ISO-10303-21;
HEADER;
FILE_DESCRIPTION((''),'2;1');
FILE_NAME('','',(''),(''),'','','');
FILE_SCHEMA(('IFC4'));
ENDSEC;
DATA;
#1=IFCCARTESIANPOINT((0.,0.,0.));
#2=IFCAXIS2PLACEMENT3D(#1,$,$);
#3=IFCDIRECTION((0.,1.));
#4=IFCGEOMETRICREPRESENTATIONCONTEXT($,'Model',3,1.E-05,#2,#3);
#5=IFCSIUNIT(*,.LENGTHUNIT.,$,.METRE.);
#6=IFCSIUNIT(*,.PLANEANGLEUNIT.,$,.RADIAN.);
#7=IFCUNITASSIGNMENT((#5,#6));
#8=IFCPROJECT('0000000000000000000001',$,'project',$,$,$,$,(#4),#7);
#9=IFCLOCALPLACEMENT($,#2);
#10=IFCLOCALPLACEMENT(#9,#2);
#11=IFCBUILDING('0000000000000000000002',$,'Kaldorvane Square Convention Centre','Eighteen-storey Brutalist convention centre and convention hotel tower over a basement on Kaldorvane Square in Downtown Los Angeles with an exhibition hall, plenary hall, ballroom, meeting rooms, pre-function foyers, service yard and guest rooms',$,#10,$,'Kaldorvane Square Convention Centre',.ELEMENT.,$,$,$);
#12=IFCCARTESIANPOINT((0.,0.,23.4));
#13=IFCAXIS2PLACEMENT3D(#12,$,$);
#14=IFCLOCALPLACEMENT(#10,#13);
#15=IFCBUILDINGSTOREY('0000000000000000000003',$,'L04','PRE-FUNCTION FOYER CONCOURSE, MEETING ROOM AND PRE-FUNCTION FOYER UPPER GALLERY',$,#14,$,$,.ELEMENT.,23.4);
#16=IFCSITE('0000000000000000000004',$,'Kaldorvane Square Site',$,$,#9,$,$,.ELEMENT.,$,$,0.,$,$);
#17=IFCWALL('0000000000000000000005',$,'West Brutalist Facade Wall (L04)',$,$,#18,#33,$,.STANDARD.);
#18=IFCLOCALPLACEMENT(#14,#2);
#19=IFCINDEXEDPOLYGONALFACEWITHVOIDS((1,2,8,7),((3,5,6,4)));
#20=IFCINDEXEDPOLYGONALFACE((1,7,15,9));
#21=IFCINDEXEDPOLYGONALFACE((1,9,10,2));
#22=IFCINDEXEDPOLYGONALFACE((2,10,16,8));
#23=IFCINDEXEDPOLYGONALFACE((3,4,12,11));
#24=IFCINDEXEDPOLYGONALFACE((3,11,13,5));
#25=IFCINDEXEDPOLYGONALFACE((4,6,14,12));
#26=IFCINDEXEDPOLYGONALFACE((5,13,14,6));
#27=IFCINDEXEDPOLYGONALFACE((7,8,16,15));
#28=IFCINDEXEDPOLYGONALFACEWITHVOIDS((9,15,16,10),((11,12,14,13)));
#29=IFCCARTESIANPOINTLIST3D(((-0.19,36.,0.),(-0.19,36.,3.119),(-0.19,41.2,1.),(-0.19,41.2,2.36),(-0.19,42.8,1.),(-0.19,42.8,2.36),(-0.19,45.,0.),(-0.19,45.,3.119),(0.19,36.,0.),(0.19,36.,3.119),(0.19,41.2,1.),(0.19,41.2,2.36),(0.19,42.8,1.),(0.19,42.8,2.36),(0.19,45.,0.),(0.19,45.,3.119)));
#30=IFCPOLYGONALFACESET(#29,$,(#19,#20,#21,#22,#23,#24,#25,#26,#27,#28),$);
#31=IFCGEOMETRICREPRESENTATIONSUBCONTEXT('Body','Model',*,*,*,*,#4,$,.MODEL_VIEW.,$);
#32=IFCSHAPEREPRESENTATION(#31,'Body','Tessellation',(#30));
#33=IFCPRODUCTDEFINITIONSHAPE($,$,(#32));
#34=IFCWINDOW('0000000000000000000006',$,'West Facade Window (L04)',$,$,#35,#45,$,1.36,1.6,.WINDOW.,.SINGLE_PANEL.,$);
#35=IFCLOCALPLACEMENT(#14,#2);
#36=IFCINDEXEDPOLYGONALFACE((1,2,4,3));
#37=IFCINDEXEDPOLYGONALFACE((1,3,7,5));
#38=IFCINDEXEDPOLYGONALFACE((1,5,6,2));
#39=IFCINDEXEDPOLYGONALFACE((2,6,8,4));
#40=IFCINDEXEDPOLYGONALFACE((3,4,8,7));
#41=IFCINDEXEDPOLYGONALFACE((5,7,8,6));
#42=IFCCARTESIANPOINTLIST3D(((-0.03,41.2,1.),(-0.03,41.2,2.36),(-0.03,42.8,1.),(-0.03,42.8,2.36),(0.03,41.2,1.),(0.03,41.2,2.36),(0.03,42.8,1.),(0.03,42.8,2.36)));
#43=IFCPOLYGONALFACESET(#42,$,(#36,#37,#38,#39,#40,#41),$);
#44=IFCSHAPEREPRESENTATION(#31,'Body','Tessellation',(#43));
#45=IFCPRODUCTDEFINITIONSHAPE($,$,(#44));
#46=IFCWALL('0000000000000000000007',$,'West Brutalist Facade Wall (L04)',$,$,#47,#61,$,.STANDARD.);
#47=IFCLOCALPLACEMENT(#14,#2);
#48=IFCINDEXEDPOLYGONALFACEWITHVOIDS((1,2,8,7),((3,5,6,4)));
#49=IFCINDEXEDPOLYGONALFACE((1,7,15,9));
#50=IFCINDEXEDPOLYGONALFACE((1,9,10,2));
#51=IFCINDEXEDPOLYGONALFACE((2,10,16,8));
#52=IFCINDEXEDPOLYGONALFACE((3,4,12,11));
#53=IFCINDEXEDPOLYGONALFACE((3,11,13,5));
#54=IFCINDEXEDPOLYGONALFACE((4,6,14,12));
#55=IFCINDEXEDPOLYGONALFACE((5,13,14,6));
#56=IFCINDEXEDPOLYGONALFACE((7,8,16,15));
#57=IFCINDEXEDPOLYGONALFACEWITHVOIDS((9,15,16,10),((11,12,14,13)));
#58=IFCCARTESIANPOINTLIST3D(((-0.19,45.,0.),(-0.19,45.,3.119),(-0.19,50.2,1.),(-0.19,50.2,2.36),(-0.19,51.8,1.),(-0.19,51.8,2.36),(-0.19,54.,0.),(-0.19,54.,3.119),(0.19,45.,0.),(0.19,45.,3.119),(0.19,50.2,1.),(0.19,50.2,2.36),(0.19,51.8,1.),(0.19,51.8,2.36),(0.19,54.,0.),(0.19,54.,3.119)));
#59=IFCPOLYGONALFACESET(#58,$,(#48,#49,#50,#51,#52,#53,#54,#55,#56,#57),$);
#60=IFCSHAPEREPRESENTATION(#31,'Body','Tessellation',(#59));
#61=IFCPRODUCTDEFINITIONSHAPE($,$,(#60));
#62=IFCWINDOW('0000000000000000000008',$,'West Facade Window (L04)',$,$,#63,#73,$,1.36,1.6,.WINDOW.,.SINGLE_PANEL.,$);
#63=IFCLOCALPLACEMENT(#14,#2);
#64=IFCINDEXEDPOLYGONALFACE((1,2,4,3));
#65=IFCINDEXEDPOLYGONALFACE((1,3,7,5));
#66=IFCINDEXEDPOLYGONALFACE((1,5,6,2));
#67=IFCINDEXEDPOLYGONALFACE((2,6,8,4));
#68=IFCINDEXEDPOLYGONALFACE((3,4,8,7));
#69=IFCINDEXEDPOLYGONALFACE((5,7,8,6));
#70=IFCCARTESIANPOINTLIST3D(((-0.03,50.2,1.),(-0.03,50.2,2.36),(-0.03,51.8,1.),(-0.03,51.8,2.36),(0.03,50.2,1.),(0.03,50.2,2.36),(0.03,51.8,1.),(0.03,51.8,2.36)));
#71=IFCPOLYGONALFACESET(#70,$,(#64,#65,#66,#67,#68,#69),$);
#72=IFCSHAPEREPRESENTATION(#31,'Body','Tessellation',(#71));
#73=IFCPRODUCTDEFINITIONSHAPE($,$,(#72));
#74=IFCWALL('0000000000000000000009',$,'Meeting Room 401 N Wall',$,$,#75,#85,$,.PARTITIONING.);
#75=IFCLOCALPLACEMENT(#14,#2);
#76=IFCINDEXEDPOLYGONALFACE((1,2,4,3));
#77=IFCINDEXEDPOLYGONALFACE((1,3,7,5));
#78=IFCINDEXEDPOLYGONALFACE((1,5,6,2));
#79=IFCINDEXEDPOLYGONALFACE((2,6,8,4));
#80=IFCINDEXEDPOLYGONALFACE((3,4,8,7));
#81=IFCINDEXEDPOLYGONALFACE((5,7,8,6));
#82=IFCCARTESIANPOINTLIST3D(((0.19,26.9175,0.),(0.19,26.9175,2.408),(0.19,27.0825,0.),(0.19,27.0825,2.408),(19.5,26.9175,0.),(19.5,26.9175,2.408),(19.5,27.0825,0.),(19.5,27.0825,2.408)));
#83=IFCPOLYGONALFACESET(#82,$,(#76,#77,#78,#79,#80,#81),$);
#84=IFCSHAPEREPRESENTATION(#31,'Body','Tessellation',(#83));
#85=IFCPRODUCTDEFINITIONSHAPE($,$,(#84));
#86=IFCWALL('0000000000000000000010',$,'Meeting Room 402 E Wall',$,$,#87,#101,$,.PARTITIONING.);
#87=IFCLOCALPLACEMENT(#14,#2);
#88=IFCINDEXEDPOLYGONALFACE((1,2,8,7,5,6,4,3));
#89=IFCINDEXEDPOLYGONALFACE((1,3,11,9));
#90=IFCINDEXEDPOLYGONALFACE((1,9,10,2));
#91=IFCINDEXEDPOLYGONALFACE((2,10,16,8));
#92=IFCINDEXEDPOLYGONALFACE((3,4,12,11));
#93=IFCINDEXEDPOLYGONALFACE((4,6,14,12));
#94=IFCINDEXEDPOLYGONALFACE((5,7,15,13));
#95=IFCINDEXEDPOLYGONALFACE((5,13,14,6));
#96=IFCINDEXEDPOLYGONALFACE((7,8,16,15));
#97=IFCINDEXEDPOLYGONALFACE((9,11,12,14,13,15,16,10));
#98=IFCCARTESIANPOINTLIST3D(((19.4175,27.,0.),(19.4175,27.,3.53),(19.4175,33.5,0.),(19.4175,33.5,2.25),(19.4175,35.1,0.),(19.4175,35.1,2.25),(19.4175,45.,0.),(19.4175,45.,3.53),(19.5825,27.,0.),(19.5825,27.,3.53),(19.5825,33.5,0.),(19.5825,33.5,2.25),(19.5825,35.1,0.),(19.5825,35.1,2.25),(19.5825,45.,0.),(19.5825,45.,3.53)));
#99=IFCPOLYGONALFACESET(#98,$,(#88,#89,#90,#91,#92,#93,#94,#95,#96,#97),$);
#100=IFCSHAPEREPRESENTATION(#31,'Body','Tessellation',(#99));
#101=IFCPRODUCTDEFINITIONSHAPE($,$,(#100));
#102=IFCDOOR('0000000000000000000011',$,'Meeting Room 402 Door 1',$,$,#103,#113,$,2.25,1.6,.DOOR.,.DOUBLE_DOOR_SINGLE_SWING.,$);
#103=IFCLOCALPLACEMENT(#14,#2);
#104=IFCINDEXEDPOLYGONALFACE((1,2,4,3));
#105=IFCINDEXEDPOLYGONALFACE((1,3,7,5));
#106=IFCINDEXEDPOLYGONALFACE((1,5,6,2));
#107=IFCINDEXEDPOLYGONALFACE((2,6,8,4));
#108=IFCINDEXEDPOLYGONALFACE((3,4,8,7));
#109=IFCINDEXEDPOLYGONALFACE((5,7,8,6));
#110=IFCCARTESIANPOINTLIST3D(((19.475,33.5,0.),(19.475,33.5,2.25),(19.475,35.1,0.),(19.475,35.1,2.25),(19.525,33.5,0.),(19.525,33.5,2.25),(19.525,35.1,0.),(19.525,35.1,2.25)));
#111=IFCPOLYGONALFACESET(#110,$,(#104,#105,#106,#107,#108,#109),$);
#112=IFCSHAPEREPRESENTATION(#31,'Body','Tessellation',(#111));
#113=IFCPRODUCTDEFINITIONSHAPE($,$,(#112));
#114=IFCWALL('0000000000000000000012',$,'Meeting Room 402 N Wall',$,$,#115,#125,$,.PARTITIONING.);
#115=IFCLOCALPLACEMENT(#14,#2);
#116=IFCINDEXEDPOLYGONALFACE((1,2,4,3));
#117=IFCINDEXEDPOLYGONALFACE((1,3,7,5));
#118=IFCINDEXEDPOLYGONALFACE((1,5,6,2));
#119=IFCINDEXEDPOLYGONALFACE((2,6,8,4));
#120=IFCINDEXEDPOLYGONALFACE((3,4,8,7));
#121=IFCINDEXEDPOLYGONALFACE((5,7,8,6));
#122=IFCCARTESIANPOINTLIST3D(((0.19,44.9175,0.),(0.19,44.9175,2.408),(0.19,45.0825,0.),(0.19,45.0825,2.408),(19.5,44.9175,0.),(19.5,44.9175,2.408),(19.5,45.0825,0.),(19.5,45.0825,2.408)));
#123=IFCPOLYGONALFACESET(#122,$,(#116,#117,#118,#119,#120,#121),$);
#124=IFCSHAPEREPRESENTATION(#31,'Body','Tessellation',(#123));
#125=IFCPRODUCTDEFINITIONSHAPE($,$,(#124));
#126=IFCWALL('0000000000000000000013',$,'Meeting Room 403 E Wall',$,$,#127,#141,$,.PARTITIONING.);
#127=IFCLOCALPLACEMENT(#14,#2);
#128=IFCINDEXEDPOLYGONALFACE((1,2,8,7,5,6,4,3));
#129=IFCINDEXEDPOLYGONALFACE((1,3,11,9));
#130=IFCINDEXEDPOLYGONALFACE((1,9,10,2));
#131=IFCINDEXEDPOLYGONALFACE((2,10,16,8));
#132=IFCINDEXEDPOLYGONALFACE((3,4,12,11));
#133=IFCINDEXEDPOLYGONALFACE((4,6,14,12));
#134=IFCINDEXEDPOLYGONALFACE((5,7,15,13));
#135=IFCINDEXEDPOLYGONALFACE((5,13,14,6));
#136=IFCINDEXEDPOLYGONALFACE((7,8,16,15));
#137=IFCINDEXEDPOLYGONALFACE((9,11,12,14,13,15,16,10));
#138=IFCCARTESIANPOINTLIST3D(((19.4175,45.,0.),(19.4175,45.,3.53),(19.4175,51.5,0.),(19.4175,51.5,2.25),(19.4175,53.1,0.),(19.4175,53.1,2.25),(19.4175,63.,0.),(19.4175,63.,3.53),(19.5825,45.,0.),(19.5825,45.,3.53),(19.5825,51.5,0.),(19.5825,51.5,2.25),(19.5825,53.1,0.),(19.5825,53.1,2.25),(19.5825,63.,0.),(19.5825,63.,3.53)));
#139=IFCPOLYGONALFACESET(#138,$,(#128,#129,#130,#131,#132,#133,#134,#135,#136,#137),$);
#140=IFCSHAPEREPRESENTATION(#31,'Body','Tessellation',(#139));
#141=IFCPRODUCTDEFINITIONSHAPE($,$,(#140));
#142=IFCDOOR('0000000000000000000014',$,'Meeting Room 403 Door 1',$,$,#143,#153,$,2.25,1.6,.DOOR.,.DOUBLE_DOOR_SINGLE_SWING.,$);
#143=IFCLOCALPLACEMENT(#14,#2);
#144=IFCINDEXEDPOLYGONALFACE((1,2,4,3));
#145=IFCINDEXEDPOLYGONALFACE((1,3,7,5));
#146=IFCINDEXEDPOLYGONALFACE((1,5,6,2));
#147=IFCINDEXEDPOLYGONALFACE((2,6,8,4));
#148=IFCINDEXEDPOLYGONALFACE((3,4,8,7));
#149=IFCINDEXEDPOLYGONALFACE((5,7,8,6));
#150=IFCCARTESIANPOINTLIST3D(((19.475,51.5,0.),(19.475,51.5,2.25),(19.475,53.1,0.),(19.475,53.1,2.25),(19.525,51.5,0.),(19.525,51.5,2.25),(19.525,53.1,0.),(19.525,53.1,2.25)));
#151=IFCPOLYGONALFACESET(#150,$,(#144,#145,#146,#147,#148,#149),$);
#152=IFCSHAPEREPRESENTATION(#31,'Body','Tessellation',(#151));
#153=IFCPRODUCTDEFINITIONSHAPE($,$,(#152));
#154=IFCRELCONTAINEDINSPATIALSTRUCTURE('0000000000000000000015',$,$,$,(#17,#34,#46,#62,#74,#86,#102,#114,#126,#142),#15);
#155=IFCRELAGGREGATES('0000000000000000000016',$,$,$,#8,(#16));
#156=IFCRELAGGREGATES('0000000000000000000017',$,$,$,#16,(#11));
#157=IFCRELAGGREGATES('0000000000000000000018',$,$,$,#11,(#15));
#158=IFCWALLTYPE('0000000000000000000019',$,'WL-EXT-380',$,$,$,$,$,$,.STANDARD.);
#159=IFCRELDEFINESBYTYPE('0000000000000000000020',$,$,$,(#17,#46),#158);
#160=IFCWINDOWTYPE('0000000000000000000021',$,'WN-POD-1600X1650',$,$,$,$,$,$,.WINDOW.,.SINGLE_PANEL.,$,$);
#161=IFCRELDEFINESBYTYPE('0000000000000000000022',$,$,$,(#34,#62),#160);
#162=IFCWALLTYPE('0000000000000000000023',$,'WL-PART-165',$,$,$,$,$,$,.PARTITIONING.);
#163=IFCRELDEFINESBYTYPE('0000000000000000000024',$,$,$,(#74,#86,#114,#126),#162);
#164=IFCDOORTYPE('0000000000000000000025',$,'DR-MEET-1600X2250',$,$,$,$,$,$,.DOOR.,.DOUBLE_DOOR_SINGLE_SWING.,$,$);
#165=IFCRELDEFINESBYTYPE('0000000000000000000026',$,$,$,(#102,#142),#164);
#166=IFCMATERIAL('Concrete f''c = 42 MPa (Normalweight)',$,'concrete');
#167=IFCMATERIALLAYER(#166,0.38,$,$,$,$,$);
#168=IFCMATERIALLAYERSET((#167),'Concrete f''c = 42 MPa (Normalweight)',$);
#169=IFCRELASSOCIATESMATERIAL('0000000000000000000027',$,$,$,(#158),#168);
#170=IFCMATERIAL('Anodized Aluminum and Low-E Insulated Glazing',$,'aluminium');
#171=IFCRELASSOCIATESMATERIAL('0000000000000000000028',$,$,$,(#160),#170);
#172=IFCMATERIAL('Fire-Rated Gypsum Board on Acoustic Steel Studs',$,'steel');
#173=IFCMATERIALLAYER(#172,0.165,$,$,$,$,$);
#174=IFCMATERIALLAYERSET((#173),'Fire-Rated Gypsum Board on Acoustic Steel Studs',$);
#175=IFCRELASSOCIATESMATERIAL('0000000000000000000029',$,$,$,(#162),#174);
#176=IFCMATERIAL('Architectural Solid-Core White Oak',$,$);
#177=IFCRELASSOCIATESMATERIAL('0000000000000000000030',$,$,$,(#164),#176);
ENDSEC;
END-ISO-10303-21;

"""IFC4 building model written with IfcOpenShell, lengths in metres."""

from ifc_helpers import new_model, si_unit, direction, frame, frame_2d, origin, place, context, subcontext, project, spatial, rectangle, extrude, material, layer, layer_set, type_object, element, fill, save


model = new_model("IFC4")

# Units and contexts
model_context = context("Model", 3, precision=1e-05, world=origin(), true_north=direction((0.0, 1.0)))
body_context = subcontext(model_context, "Body", "Model", "MODEL_VIEW")
ifc_project = project(units=[si_unit("LENGTHUNIT", "METRE"), si_unit("PLANEANGLEUNIT", "RADIAN")], contexts=[model_context])

# Site, building, storey
site_placement = place(None, origin())
site = spatial("IfcSite", under=ifc_project, at=site_placement, Name="Kaldorvane Square Site", CompositionType="ELEMENT", RefElevation=0.0)
building_placement = place(site_placement, origin())
building = spatial("IfcBuilding", under=site, at=building_placement, Name="Kaldorvane Square Convention Centre", Description="Eighteen-storey Brutalist convention centre and convention hotel tower over a basement on Kaldorvane Square in Downtown Los Angeles with an exhibition hall, plenary hall, ballroom, meeting rooms, pre-function foyers, service yard and guest rooms", LongName="Kaldorvane Square Convention Centre", CompositionType="ELEMENT")
storey_placement = place(building_placement, frame((0.0, 0.0, 23.4)))
storey = spatial("IfcBuildingStorey", under=building, at=storey_placement, Name="L04", Description="PRE-FUNCTION FOYER CONCOURSE, MEETING ROOM AND PRE-FUNCTION FOYER UPPER GALLERY", CompositionType="ELEMENT", Elevation=23.4)

# Walls, openings, windows
ifc_material_1 = material(Name="Concrete f'c = 42 MPa (Normalweight)", Category="concrete")
ifc_layer_1 = layer(ifc_material_1, 0.38)
ifc_layer_set_1 = layer_set([ifc_layer_1], Name="Concrete f'c = 42 MPa (Normalweight)")
wall_type_1 = type_object("IfcWallType", Name="WL-EXT-380", PredefinedType="STANDARD", material=ifc_layer_set_1)
ifc_material_2 = material(Name="Anodized Aluminum and Low-E Insulated Glazing", Category="aluminium")
window_type = type_object("IfcWindowType", Name="WN-POD-1600X1650", PartitioningType="SINGLE_PANEL", PredefinedType="WINDOW", material=ifc_material_2)
wall_1_placement = place(storey_placement, frame((0.0, 45.0, 0.0), z_axis=(0.0, 0.0, 1.0), x_axis=(0.0, -1.0, 0.0)))
wall_1 = element("IfcWall", 1, at=wall_1_placement, inside=storey, type_object=wall_type_1, Name="West Brutalist Facade Wall (L04)", PredefinedType="STANDARD", context=body_context, shape_type="SweptSolid", body=[
    extrude(rectangle(XDim=9.0, YDim=0.38, at=frame_2d((4.5, 0.0))), origin(), (0.0, 0.0, 1.0), 3.119),
])
opening_1_placement = place(wall_1_placement, frame((2.2, 0.0, 1.0)))
opening_1 = element("IfcOpeningElement", 2, at=opening_1_placement, cuts=wall_1, PredefinedType="OPENING", context=body_context, shape_type="SweptSolid", body=[
    extrude(rectangle(XDim=1.6, YDim=1.36, at=frame_2d((0.8, 0.68))), frame((0.0, 0.205, 0.0), z_axis=(0.0, -1.0, 0.0), x_axis=(1.0, 0.0, 0.0)), (0.0, 0.0, 1.0), 0.41),
])
window_1_placement = place(opening_1_placement, origin())
window_1 = element("IfcWindow", 3, at=window_1_placement, inside=storey, type_object=window_type, Name="West Facade Window (L04)", OverallHeight=1.36, OverallWidth=1.6, PartitioningType="SINGLE_PANEL", PredefinedType="WINDOW", context=body_context, shape_type="SweptSolid", body=[
    extrude(rectangle(XDim=1.6, YDim=1.36, at=frame_2d((0.8, 0.68))), frame((0.0, 0.03, 0.0), z_axis=(0.0, -1.0, 0.0), x_axis=(1.0, 0.0, 0.0)), (0.0, 0.0, 1.0), 0.06),
])
fill(opening_1, window_1)
wall_2_placement = place(storey_placement, frame((0.0, 54.0, 0.0), z_axis=(0.0, 0.0, 1.0), x_axis=(0.0, -1.0, 0.0)))
wall_2 = element("IfcWall", 4, at=wall_2_placement, inside=storey, type_object=wall_type_1, Name="West Brutalist Facade Wall (L04)", PredefinedType="STANDARD", context=body_context, shape_type="SweptSolid", body=[
    extrude(rectangle(XDim=9.0, YDim=0.38, at=frame_2d((4.5, 0.0))), origin(), (0.0, 0.0, 1.0), 3.119),
])
opening_2_placement = place(wall_2_placement, frame((2.2, 0.0, 1.0)))
opening_2 = element("IfcOpeningElement", 5, at=opening_2_placement, cuts=wall_2, PredefinedType="OPENING", context=body_context, shape_type="SweptSolid", body=[
    extrude(rectangle(XDim=1.6, YDim=1.36, at=frame_2d((0.8, 0.68))), frame((0.0, 0.205, 0.0), z_axis=(0.0, -1.0, 0.0), x_axis=(1.0, 0.0, 0.0)), (0.0, 0.0, 1.0), 0.41),
])
window_2_placement = place(opening_2_placement, origin())
window_2 = element("IfcWindow", 6, at=window_2_placement, inside=storey, type_object=window_type, Name="West Facade Window (L04)", OverallHeight=1.36, OverallWidth=1.6, PartitioningType="SINGLE_PANEL", PredefinedType="WINDOW", context=body_context, shape_type="SweptSolid", body=[
    extrude(rectangle(XDim=1.6, YDim=1.36, at=frame_2d((0.8, 0.68))), frame((0.0, 0.03, 0.0), z_axis=(0.0, -1.0, 0.0), x_axis=(1.0, 0.0, 0.0)), (0.0, 0.0, 1.0), 0.06),
])
fill(opening_2, window_2)

# Wall
ifc_material_3 = material(Name="Fire-Rated Gypsum Board on Acoustic Steel Studs", Category="steel")
ifc_layer_2 = layer(ifc_material_3, 0.165)
ifc_layer_set_2 = layer_set([ifc_layer_2], Name="Fire-Rated Gypsum Board on Acoustic Steel Studs")
wall_type_2 = type_object("IfcWallType", Name="WL-PART-165", PredefinedType="PARTITIONING", material=ifc_layer_set_2)
wall_3_placement = place(storey_placement, frame((19.5, 27.0, 0.0), z_axis=(0.0, 0.0, 1.0), x_axis=(-1.0, 0.0, 0.0)))
element("IfcWall", 7, at=wall_3_placement, inside=storey, type_object=wall_type_2, Name="Meeting Room 401 N Wall", PredefinedType="PARTITIONING", context=body_context, shape_type="SweptSolid", body=[
    extrude(rectangle(XDim=19.31, YDim=0.165, at=frame_2d((9.655, 0.0))), origin(), (0.0, 0.0, 1.0), 2.408),
])

# Wall, opening, door
wall_4_placement = place(storey_placement, frame((19.5, 27.0, 0.0), z_axis=(0.0, 0.0, 1.0), x_axis=(0.0, 1.0, 0.0)))
wall_4 = element("IfcWall", 8, at=wall_4_placement, inside=storey, type_object=wall_type_2, Name="Meeting Room 402 E Wall", PredefinedType="PARTITIONING", context=body_context, shape_type="SweptSolid", body=[
    extrude(rectangle(XDim=18.0, YDim=0.165, at=frame_2d((9.0, 0.0))), origin(), (0.0, 0.0, 1.0), 3.53),
])
opening_3_placement = place(wall_4_placement, frame((6.5, 0.0, 0.0)))
opening_3 = element("IfcOpeningElement", 9, at=opening_3_placement, cuts=wall_4, PredefinedType="OPENING", context=body_context, shape_type="SweptSolid", body=[
    extrude(rectangle(XDim=1.6, YDim=2.25, at=frame_2d((0.8, 1.125))), frame((0.0, 0.0975, 0.0), z_axis=(0.0, -1.0, 0.0), x_axis=(1.0, 0.0, 0.0)), (0.0, 0.0, 1.0), 0.195),
])
ifc_material_4 = material(Name="Architectural Solid-Core White Oak")
door_type = type_object("IfcDoorType", Name="DR-MEET-1600X2250", OperationType="DOUBLE_DOOR_SINGLE_SWING", PredefinedType="DOOR", material=ifc_material_4)
door_1_placement = place(opening_3_placement, origin())
door_1 = element("IfcDoor", 10, at=door_1_placement, inside=storey, type_object=door_type, Name="Meeting Room 402 Door 1", OperationType="DOUBLE_DOOR_SINGLE_SWING", OverallHeight=2.25, OverallWidth=1.6, PredefinedType="DOOR", context=body_context, shape_type="SweptSolid", body=[
    extrude(rectangle(XDim=1.6, YDim=2.25, at=frame_2d((0.8, 1.125))), frame((0.0, 0.025, 0.0), z_axis=(0.0, -1.0, 0.0), x_axis=(1.0, 0.0, 0.0)), (0.0, 0.0, 1.0), 0.05),
])
fill(opening_3, door_1)

# Wall
wall_5_placement = place(storey_placement, frame((19.5, 45.0, 0.0), z_axis=(0.0, 0.0, 1.0), x_axis=(-1.0, 0.0, 0.0)))
element("IfcWall", 11, at=wall_5_placement, inside=storey, type_object=wall_type_2, Name="Meeting Room 402 N Wall", PredefinedType="PARTITIONING", context=body_context, shape_type="SweptSolid", body=[
    extrude(rectangle(XDim=19.31, YDim=0.165, at=frame_2d((9.655, 0.0))), origin(), (0.0, 0.0, 1.0), 2.408),
])

# Wall, opening, door
wall_6_placement = place(storey_placement, frame((19.5, 45.0, 0.0), z_axis=(0.0, 0.0, 1.0), x_axis=(0.0, 1.0, 0.0)))
wall_6 = element("IfcWall", 12, at=wall_6_placement, inside=storey, type_object=wall_type_2, Name="Meeting Room 403 E Wall", PredefinedType="PARTITIONING", context=body_context, shape_type="SweptSolid", body=[
    extrude(rectangle(XDim=18.0, YDim=0.165, at=frame_2d((9.0, 0.0))), origin(), (0.0, 0.0, 1.0), 3.53),
])
opening_4_placement = place(wall_6_placement, frame((6.5, 0.0, 0.0)))
opening_4 = element("IfcOpeningElement", 13, at=opening_4_placement, cuts=wall_6, PredefinedType="OPENING", context=body_context, shape_type="SweptSolid", body=[
    extrude(rectangle(XDim=1.6, YDim=2.25, at=frame_2d((0.8, 1.125))), frame((0.0, 0.0975, 0.0), z_axis=(0.0, -1.0, 0.0), x_axis=(1.0, 0.0, 0.0)), (0.0, 0.0, 1.0), 0.195),
])
door_2_placement = place(opening_4_placement, origin())
door_2 = element("IfcDoor", 14, at=door_2_placement, inside=storey, type_object=door_type, Name="Meeting Room 403 Door 1", OperationType="DOUBLE_DOOR_SINGLE_SWING", OverallHeight=2.25, OverallWidth=1.6, PredefinedType="DOOR", context=body_context, shape_type="SweptSolid", body=[
    extrude(rectangle(XDim=1.6, YDim=2.25, at=frame_2d((0.8, 1.125))), frame((0.0, 0.025, 0.0), z_axis=(0.0, -1.0, 0.0), x_axis=(1.0, 0.0, 0.0)), (0.0, 0.0, 1.0), 0.05),
])
fill(opening_4, door_2)

save(model, "model.ifc")
